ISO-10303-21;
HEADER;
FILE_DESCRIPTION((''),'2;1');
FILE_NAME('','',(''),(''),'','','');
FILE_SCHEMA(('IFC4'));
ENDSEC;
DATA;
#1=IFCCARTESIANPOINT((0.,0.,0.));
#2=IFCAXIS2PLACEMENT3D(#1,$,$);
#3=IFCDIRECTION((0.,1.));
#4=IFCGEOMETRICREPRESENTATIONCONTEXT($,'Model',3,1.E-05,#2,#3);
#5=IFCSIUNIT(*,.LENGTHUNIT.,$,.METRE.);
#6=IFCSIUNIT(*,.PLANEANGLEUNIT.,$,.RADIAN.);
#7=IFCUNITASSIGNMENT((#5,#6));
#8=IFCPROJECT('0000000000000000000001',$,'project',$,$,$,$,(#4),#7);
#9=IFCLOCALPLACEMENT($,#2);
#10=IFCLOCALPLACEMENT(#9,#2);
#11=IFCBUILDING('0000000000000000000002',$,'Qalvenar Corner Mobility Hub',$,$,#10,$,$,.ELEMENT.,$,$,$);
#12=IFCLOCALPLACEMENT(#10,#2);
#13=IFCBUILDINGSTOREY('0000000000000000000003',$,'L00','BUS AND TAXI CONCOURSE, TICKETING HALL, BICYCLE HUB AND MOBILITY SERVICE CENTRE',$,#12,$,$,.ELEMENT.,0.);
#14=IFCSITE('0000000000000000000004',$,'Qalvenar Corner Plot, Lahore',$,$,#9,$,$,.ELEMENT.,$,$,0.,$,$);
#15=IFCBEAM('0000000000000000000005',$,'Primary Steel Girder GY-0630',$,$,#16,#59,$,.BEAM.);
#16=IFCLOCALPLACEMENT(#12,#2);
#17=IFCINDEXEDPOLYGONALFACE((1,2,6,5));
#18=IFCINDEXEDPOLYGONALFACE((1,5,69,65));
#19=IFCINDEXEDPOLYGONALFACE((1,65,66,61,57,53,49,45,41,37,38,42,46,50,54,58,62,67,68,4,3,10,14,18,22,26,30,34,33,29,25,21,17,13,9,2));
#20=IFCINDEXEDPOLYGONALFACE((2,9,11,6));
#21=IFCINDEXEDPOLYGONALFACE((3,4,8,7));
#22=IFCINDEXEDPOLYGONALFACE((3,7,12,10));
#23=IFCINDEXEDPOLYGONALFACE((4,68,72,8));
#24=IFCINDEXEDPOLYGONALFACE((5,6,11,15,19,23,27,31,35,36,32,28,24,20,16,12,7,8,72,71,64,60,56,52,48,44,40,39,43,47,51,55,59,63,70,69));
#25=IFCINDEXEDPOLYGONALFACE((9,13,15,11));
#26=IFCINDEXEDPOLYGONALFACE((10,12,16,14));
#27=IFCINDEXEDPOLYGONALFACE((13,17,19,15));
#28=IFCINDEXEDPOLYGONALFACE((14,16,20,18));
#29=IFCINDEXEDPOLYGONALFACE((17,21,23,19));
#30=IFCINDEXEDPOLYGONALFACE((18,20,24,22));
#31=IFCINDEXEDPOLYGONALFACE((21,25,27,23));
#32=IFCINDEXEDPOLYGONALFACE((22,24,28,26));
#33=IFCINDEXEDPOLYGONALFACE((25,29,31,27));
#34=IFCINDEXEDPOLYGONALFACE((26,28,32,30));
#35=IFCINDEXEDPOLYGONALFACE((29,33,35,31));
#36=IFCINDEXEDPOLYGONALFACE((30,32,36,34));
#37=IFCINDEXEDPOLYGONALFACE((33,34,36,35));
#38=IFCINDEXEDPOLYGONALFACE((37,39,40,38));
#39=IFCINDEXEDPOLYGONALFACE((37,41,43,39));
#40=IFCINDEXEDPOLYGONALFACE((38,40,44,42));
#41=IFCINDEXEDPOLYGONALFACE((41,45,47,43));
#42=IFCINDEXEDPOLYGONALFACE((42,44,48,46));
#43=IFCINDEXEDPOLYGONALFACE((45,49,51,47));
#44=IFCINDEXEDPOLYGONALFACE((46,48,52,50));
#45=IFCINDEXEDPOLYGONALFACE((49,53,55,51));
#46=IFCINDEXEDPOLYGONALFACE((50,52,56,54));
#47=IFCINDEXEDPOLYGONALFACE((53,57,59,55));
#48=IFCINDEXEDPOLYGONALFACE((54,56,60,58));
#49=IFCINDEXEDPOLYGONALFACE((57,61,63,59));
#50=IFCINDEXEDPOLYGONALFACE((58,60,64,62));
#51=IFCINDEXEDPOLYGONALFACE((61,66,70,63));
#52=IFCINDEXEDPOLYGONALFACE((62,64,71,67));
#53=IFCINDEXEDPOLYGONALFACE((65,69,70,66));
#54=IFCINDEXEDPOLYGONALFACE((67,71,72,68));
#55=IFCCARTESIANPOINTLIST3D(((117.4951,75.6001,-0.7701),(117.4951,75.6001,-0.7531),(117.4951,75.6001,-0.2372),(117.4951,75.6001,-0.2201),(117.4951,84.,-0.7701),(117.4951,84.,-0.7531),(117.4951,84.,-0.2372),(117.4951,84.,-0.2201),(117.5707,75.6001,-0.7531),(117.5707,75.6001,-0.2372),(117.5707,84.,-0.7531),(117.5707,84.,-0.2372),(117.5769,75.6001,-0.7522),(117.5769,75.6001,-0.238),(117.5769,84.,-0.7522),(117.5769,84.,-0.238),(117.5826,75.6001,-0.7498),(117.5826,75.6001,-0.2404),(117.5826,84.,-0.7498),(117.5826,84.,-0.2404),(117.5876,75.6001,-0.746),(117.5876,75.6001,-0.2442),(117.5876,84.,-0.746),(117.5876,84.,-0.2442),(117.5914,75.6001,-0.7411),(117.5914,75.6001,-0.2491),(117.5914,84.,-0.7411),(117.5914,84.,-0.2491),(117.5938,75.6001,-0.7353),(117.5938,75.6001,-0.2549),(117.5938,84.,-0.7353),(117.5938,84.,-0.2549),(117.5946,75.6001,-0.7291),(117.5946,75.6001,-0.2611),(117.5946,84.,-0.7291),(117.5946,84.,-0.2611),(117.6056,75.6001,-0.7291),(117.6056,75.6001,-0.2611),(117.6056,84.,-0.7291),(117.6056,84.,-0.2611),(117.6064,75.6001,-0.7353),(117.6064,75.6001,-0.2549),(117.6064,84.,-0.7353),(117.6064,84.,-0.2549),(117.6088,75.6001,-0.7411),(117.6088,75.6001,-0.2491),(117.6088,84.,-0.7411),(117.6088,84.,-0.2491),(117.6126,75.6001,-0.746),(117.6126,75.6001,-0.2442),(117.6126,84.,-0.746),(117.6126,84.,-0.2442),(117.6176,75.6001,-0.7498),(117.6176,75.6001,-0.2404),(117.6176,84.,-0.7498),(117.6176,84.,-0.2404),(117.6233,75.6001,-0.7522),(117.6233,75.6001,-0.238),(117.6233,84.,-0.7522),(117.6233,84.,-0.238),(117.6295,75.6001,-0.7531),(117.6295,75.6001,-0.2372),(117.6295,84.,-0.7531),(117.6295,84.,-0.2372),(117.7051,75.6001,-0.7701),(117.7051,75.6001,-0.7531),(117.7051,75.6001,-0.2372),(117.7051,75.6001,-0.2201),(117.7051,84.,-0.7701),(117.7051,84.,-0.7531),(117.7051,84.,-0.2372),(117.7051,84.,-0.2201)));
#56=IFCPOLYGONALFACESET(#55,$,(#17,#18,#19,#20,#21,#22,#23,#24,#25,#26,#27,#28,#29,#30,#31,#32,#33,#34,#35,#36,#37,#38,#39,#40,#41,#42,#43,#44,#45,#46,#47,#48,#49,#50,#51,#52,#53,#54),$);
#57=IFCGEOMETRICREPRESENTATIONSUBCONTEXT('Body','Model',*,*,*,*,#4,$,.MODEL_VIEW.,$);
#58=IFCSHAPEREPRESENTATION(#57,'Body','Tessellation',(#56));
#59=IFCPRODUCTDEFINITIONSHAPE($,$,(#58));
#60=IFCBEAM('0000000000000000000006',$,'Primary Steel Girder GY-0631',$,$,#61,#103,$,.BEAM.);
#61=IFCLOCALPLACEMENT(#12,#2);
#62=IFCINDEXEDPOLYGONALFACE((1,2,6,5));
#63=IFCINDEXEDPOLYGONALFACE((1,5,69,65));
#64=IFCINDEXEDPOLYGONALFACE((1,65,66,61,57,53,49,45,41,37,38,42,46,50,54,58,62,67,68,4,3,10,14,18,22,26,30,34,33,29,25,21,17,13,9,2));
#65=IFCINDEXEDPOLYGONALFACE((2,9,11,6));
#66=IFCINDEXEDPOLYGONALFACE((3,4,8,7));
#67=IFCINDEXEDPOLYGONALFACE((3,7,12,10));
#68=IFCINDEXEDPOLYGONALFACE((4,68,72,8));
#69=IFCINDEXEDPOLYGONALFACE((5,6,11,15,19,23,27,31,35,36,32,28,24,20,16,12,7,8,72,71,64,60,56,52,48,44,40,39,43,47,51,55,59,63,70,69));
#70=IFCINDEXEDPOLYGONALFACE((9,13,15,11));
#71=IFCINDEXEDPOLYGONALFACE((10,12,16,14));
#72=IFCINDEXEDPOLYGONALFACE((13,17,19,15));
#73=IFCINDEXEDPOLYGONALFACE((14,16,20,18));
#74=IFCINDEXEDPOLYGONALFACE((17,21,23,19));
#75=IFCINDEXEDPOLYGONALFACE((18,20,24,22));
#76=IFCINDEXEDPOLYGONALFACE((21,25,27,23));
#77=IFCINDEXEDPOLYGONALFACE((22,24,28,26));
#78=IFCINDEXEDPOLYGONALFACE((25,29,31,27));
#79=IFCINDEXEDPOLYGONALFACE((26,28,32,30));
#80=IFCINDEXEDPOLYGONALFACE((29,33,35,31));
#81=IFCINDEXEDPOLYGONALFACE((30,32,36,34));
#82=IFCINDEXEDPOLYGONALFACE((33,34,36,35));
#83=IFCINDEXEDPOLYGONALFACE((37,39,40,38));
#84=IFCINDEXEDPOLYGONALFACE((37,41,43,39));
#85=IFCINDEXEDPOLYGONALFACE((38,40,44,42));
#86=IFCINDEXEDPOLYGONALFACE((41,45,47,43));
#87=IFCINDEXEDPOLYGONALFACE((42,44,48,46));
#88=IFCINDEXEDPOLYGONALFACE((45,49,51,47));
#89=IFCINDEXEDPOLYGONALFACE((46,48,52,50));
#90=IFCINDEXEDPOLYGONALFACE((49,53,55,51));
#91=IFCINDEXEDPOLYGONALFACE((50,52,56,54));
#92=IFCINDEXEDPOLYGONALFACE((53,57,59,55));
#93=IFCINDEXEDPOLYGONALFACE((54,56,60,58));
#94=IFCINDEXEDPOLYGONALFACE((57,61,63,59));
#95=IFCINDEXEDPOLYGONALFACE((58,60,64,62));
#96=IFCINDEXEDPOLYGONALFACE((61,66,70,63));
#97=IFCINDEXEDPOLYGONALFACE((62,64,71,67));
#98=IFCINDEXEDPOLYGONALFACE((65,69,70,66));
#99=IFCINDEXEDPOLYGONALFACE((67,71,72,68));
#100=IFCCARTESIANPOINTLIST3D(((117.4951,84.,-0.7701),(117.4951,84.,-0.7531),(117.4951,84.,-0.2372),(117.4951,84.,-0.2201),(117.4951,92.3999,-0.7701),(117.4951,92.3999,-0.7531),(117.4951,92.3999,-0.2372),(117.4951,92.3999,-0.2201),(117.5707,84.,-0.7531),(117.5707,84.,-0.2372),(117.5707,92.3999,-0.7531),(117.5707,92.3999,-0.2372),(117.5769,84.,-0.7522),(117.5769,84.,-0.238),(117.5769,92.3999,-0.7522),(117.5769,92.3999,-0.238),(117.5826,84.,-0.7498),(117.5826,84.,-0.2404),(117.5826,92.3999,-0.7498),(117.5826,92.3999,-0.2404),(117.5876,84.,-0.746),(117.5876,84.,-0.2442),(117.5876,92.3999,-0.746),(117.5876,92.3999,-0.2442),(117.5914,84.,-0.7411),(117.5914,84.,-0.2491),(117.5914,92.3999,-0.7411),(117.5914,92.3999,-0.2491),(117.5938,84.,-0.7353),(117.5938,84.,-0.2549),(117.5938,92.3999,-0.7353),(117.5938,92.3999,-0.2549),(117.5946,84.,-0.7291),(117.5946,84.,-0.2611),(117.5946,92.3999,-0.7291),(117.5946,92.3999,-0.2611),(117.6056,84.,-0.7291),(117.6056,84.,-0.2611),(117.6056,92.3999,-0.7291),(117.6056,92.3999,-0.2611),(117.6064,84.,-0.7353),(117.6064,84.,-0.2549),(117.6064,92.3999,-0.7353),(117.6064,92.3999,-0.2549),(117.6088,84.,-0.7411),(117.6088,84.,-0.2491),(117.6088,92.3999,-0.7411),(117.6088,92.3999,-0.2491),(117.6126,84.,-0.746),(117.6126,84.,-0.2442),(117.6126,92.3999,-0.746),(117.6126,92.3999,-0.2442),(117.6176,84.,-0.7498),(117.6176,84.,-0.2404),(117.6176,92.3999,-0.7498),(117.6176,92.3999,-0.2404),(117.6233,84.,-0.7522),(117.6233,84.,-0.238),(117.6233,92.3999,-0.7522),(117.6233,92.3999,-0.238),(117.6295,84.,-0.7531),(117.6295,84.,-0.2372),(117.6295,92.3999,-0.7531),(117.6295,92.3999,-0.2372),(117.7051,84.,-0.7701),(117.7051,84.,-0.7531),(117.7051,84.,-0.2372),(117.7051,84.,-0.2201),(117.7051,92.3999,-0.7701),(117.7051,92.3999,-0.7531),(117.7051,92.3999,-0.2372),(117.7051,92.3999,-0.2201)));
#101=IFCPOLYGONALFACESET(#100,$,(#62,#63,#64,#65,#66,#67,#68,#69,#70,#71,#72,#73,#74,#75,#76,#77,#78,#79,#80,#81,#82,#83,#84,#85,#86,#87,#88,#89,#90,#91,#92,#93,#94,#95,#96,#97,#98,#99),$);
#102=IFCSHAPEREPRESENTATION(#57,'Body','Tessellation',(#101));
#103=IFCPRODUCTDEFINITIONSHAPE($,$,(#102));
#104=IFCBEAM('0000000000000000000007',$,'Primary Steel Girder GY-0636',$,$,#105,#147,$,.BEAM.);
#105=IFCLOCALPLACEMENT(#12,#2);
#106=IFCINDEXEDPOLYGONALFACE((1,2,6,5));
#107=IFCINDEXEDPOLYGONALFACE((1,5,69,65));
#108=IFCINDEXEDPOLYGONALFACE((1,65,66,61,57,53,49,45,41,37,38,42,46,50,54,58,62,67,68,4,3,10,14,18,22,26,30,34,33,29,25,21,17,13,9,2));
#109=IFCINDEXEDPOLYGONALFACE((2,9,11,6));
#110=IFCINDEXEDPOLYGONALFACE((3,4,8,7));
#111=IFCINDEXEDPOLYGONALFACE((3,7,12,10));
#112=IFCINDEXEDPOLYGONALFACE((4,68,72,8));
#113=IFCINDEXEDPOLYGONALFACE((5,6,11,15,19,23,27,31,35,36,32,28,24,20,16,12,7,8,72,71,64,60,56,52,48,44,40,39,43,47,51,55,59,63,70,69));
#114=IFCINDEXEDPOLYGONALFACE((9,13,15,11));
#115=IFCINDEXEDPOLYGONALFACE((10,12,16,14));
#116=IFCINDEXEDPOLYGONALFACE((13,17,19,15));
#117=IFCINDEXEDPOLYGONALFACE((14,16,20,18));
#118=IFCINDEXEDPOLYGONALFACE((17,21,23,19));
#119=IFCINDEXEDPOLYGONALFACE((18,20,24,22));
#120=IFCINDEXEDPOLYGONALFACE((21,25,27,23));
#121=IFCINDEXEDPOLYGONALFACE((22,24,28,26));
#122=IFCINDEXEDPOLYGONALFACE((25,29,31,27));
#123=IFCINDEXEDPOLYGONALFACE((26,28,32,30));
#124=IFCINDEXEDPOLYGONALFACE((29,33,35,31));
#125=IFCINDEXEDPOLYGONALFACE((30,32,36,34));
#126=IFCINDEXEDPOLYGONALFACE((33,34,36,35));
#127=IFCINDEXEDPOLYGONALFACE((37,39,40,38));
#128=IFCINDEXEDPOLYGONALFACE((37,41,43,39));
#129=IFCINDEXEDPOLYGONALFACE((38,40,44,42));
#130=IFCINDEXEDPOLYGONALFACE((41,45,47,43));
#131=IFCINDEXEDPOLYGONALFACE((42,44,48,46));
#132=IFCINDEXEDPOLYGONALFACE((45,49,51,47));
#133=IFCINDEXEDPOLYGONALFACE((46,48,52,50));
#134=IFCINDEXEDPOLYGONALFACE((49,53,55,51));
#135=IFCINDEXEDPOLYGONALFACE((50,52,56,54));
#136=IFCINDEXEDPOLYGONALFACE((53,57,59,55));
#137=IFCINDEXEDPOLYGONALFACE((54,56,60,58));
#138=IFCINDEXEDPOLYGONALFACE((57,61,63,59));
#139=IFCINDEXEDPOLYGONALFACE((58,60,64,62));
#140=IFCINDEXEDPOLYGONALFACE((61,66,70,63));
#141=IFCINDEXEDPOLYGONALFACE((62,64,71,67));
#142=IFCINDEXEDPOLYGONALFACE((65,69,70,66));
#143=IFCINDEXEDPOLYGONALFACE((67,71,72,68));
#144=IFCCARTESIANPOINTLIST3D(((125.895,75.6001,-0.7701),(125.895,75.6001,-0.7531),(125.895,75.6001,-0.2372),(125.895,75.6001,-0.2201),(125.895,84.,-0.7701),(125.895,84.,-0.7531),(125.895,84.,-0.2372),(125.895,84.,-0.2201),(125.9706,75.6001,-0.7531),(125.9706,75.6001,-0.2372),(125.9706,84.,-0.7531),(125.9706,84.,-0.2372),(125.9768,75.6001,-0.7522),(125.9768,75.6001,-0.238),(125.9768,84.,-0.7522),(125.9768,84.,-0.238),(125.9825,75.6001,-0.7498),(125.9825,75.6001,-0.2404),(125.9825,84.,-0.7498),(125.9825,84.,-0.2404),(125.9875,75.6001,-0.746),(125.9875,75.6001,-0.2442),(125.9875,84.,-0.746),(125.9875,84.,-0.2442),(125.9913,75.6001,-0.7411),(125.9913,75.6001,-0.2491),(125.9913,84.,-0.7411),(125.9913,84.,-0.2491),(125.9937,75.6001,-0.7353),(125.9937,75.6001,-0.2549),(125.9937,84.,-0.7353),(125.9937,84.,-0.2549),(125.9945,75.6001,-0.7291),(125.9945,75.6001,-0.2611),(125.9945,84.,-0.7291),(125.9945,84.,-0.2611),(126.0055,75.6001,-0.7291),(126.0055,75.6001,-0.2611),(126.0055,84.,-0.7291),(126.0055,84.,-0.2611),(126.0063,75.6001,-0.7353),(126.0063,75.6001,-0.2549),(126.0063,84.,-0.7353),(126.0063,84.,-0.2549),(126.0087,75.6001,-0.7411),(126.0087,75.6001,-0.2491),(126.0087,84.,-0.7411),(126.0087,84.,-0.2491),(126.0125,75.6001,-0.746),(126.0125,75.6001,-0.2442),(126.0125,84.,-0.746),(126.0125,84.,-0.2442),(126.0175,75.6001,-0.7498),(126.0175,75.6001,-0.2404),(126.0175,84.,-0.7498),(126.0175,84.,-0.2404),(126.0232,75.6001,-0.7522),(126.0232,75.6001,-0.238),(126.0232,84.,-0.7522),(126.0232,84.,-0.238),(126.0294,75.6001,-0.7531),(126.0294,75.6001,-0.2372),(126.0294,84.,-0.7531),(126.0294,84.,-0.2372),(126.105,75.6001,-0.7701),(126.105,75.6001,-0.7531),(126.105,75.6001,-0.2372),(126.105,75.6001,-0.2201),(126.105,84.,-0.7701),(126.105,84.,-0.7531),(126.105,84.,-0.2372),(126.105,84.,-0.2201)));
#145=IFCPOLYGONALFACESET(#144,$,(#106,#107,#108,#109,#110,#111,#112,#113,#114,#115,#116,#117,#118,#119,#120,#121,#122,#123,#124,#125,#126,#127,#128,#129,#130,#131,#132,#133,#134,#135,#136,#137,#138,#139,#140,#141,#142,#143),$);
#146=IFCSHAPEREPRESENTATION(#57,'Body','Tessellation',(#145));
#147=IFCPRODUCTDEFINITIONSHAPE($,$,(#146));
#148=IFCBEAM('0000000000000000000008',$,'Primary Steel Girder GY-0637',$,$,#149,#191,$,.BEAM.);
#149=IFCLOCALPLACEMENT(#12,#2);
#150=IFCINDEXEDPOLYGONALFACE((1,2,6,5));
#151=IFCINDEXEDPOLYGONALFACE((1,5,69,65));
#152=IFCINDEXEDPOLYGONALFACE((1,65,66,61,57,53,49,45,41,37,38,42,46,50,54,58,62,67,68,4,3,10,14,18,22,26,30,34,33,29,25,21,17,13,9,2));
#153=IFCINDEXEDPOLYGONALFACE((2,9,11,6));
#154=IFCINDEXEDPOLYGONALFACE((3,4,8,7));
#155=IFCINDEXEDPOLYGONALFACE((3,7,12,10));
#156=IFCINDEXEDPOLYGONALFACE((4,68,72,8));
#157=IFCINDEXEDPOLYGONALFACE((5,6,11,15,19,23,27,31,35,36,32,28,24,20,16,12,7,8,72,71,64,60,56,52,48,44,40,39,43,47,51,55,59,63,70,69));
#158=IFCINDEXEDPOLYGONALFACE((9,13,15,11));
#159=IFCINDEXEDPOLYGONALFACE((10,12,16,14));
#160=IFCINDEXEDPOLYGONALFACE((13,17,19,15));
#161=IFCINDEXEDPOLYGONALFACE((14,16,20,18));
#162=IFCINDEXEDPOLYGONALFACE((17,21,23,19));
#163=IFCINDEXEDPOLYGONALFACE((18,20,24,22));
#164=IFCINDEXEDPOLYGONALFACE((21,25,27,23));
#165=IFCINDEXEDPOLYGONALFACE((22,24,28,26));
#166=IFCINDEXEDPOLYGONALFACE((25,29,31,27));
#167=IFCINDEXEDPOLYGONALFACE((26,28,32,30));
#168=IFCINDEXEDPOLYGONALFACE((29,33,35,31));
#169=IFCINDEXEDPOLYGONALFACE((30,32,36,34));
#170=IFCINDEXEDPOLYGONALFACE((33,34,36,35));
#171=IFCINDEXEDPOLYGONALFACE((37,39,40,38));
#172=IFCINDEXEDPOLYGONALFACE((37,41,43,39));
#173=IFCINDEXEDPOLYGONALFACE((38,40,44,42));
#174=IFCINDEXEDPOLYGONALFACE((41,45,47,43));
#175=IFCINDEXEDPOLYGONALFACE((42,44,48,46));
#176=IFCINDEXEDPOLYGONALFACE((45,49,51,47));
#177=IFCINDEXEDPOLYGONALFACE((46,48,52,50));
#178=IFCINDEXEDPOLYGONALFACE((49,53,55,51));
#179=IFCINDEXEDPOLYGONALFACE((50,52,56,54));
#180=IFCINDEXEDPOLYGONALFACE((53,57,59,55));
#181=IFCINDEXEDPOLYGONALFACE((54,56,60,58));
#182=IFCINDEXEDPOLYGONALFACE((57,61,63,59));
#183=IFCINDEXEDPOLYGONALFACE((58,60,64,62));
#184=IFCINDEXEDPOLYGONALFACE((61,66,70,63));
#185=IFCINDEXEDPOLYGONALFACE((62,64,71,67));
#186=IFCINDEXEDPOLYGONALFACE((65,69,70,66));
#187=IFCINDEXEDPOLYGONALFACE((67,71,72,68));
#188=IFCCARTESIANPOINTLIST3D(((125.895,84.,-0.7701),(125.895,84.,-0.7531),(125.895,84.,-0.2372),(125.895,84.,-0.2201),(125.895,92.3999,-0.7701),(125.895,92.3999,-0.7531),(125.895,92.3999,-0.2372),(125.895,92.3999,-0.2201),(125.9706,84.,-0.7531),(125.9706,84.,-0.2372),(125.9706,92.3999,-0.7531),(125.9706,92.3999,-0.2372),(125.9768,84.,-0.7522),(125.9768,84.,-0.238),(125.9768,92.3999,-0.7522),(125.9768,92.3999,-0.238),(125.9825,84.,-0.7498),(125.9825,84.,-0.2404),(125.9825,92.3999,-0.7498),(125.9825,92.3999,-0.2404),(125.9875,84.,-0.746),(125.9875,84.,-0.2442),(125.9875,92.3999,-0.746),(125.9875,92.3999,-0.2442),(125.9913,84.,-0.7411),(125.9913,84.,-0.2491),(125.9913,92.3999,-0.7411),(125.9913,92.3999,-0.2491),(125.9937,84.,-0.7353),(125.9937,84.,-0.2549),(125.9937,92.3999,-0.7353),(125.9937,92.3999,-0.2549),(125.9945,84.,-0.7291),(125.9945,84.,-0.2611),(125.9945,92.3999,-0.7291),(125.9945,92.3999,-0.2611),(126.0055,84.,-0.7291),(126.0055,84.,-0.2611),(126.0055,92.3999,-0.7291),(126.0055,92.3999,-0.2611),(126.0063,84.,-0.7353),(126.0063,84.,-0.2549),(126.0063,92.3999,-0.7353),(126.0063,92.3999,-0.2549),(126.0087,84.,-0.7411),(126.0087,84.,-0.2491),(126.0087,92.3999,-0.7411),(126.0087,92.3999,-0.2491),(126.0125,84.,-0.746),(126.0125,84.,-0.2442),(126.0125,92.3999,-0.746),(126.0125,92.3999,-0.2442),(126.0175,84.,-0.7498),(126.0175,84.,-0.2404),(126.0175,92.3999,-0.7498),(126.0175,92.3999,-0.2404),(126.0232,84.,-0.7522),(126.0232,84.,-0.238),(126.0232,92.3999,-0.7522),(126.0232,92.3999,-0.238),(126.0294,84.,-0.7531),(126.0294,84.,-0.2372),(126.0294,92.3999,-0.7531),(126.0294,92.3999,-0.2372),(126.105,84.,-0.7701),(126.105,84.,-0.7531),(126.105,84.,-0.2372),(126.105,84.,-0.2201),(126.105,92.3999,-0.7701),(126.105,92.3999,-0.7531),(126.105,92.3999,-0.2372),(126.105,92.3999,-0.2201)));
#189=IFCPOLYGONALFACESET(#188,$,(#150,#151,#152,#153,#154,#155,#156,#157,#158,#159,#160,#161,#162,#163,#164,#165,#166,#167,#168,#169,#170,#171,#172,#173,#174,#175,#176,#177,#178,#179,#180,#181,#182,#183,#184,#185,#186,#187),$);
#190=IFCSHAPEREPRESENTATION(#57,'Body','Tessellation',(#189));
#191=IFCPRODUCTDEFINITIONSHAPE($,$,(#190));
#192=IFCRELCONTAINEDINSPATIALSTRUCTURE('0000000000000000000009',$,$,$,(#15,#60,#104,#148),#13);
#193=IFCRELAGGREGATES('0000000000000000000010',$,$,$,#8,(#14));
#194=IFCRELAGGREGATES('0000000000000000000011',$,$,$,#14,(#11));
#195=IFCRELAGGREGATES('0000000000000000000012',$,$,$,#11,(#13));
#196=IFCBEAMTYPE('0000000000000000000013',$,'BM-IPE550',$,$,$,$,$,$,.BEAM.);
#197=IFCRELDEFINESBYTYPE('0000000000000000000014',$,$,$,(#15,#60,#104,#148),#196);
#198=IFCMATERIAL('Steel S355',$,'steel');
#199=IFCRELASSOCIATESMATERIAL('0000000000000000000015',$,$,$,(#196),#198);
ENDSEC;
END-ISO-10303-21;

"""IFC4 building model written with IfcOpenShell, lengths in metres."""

from ifc_helpers import new_model, si_unit, direction, frame, origin, origin_2d, place, context, subcontext, project, spatial, i_section, extrude, material, material_profile, profile_set, type_object, element, save


model = new_model("IFC4")

# Units and contexts
model_context = context("Model", 3, precision=1e-05, world=origin(), true_north=direction((0.0, 1.0)))
body_context = subcontext(model_context, "Body", "Model", "MODEL_VIEW")
ifc_project = project(units=[si_unit("LENGTHUNIT", "METRE"), si_unit("PLANEANGLEUNIT", "RADIAN")], contexts=[model_context])

# Site, building, storey
site_placement = place(None, origin())
site = spatial("IfcSite", under=ifc_project, at=site_placement, Name="Qalvenar Corner Plot, Lahore", CompositionType="ELEMENT", RefElevation=0.0)
building_placement = place(site_placement, origin())
building = spatial("IfcBuilding", under=site, at=building_placement, Name="Qalvenar Corner Mobility Hub", CompositionType="ELEMENT")
storey_placement = place(building_placement, origin())
storey = spatial("IfcBuildingStorey", under=building, at=storey_placement, Name="L00", Description="BUS AND TAXI CONCOURSE, TICKETING HALL, BICYCLE HUB AND MOBILITY SERVICE CENTRE", CompositionType="ELEMENT", Elevation=0.0)

# Shared definitions
ifc_material_1 = material(Name="Steel S355", Category="steel")

# Beams
ifc_material_profile_1 = material_profile(ifc_material_1, i_section(OverallWidth=0.21, OverallDepth=0.55, WebThickness=0.011, FlangeThickness=0.0171, FilletRadius=0.0239, at=origin_2d()), Name="IPE550")
ifc_profile_set_1 = profile_set([ifc_material_profile_1], Name="Steel S355")
beam_type_1 = type_object("IfcBeamType", Name="BM-IPE550", PredefinedType="BEAM", material=ifc_profile_set_1)
for number, where, z_axis, x_axis, name in (
    (1, (117.6001, 75.6001, -0.4951), (0.0, 1.0, 0.0), (-1.0, 0.0, 0.0), "Primary Steel Girder GY-0630"),
    (2, (117.6001, 84.0, -0.4951), (0.0, 1.0, 0.0), (-1.0, 0.0, 0.0), "Primary Steel Girder GY-0631"),
    (3, (126.0, 75.6001, -0.4951), (0.0, 1.0, 0.0), (-1.0, 0.0, 0.0), "Primary Steel Girder GY-0636"),
    (4, (126.0, 84.0, -0.4951), (0.0, 1.0, 0.0), (-1.0, 0.0, 0.0), "Primary Steel Girder GY-0637"),
):
    element("IfcBeam", number, at=place(storey_placement, frame(where, z_axis=z_axis, x_axis=x_axis)), inside=storey, type_object=beam_type_1, Name=name, PredefinedType="BEAM", context=body_context, shape_type="SweptSolid", body=[
        extrude(i_section(OverallWidth=0.21, OverallDepth=0.55, WebThickness=0.011, FlangeThickness=0.0171, FilletRadius=0.0239, at=origin_2d()), origin(), (0.0, 0.0, 1.0), 8.3999),
    ])

save(model, "model.ifc")
